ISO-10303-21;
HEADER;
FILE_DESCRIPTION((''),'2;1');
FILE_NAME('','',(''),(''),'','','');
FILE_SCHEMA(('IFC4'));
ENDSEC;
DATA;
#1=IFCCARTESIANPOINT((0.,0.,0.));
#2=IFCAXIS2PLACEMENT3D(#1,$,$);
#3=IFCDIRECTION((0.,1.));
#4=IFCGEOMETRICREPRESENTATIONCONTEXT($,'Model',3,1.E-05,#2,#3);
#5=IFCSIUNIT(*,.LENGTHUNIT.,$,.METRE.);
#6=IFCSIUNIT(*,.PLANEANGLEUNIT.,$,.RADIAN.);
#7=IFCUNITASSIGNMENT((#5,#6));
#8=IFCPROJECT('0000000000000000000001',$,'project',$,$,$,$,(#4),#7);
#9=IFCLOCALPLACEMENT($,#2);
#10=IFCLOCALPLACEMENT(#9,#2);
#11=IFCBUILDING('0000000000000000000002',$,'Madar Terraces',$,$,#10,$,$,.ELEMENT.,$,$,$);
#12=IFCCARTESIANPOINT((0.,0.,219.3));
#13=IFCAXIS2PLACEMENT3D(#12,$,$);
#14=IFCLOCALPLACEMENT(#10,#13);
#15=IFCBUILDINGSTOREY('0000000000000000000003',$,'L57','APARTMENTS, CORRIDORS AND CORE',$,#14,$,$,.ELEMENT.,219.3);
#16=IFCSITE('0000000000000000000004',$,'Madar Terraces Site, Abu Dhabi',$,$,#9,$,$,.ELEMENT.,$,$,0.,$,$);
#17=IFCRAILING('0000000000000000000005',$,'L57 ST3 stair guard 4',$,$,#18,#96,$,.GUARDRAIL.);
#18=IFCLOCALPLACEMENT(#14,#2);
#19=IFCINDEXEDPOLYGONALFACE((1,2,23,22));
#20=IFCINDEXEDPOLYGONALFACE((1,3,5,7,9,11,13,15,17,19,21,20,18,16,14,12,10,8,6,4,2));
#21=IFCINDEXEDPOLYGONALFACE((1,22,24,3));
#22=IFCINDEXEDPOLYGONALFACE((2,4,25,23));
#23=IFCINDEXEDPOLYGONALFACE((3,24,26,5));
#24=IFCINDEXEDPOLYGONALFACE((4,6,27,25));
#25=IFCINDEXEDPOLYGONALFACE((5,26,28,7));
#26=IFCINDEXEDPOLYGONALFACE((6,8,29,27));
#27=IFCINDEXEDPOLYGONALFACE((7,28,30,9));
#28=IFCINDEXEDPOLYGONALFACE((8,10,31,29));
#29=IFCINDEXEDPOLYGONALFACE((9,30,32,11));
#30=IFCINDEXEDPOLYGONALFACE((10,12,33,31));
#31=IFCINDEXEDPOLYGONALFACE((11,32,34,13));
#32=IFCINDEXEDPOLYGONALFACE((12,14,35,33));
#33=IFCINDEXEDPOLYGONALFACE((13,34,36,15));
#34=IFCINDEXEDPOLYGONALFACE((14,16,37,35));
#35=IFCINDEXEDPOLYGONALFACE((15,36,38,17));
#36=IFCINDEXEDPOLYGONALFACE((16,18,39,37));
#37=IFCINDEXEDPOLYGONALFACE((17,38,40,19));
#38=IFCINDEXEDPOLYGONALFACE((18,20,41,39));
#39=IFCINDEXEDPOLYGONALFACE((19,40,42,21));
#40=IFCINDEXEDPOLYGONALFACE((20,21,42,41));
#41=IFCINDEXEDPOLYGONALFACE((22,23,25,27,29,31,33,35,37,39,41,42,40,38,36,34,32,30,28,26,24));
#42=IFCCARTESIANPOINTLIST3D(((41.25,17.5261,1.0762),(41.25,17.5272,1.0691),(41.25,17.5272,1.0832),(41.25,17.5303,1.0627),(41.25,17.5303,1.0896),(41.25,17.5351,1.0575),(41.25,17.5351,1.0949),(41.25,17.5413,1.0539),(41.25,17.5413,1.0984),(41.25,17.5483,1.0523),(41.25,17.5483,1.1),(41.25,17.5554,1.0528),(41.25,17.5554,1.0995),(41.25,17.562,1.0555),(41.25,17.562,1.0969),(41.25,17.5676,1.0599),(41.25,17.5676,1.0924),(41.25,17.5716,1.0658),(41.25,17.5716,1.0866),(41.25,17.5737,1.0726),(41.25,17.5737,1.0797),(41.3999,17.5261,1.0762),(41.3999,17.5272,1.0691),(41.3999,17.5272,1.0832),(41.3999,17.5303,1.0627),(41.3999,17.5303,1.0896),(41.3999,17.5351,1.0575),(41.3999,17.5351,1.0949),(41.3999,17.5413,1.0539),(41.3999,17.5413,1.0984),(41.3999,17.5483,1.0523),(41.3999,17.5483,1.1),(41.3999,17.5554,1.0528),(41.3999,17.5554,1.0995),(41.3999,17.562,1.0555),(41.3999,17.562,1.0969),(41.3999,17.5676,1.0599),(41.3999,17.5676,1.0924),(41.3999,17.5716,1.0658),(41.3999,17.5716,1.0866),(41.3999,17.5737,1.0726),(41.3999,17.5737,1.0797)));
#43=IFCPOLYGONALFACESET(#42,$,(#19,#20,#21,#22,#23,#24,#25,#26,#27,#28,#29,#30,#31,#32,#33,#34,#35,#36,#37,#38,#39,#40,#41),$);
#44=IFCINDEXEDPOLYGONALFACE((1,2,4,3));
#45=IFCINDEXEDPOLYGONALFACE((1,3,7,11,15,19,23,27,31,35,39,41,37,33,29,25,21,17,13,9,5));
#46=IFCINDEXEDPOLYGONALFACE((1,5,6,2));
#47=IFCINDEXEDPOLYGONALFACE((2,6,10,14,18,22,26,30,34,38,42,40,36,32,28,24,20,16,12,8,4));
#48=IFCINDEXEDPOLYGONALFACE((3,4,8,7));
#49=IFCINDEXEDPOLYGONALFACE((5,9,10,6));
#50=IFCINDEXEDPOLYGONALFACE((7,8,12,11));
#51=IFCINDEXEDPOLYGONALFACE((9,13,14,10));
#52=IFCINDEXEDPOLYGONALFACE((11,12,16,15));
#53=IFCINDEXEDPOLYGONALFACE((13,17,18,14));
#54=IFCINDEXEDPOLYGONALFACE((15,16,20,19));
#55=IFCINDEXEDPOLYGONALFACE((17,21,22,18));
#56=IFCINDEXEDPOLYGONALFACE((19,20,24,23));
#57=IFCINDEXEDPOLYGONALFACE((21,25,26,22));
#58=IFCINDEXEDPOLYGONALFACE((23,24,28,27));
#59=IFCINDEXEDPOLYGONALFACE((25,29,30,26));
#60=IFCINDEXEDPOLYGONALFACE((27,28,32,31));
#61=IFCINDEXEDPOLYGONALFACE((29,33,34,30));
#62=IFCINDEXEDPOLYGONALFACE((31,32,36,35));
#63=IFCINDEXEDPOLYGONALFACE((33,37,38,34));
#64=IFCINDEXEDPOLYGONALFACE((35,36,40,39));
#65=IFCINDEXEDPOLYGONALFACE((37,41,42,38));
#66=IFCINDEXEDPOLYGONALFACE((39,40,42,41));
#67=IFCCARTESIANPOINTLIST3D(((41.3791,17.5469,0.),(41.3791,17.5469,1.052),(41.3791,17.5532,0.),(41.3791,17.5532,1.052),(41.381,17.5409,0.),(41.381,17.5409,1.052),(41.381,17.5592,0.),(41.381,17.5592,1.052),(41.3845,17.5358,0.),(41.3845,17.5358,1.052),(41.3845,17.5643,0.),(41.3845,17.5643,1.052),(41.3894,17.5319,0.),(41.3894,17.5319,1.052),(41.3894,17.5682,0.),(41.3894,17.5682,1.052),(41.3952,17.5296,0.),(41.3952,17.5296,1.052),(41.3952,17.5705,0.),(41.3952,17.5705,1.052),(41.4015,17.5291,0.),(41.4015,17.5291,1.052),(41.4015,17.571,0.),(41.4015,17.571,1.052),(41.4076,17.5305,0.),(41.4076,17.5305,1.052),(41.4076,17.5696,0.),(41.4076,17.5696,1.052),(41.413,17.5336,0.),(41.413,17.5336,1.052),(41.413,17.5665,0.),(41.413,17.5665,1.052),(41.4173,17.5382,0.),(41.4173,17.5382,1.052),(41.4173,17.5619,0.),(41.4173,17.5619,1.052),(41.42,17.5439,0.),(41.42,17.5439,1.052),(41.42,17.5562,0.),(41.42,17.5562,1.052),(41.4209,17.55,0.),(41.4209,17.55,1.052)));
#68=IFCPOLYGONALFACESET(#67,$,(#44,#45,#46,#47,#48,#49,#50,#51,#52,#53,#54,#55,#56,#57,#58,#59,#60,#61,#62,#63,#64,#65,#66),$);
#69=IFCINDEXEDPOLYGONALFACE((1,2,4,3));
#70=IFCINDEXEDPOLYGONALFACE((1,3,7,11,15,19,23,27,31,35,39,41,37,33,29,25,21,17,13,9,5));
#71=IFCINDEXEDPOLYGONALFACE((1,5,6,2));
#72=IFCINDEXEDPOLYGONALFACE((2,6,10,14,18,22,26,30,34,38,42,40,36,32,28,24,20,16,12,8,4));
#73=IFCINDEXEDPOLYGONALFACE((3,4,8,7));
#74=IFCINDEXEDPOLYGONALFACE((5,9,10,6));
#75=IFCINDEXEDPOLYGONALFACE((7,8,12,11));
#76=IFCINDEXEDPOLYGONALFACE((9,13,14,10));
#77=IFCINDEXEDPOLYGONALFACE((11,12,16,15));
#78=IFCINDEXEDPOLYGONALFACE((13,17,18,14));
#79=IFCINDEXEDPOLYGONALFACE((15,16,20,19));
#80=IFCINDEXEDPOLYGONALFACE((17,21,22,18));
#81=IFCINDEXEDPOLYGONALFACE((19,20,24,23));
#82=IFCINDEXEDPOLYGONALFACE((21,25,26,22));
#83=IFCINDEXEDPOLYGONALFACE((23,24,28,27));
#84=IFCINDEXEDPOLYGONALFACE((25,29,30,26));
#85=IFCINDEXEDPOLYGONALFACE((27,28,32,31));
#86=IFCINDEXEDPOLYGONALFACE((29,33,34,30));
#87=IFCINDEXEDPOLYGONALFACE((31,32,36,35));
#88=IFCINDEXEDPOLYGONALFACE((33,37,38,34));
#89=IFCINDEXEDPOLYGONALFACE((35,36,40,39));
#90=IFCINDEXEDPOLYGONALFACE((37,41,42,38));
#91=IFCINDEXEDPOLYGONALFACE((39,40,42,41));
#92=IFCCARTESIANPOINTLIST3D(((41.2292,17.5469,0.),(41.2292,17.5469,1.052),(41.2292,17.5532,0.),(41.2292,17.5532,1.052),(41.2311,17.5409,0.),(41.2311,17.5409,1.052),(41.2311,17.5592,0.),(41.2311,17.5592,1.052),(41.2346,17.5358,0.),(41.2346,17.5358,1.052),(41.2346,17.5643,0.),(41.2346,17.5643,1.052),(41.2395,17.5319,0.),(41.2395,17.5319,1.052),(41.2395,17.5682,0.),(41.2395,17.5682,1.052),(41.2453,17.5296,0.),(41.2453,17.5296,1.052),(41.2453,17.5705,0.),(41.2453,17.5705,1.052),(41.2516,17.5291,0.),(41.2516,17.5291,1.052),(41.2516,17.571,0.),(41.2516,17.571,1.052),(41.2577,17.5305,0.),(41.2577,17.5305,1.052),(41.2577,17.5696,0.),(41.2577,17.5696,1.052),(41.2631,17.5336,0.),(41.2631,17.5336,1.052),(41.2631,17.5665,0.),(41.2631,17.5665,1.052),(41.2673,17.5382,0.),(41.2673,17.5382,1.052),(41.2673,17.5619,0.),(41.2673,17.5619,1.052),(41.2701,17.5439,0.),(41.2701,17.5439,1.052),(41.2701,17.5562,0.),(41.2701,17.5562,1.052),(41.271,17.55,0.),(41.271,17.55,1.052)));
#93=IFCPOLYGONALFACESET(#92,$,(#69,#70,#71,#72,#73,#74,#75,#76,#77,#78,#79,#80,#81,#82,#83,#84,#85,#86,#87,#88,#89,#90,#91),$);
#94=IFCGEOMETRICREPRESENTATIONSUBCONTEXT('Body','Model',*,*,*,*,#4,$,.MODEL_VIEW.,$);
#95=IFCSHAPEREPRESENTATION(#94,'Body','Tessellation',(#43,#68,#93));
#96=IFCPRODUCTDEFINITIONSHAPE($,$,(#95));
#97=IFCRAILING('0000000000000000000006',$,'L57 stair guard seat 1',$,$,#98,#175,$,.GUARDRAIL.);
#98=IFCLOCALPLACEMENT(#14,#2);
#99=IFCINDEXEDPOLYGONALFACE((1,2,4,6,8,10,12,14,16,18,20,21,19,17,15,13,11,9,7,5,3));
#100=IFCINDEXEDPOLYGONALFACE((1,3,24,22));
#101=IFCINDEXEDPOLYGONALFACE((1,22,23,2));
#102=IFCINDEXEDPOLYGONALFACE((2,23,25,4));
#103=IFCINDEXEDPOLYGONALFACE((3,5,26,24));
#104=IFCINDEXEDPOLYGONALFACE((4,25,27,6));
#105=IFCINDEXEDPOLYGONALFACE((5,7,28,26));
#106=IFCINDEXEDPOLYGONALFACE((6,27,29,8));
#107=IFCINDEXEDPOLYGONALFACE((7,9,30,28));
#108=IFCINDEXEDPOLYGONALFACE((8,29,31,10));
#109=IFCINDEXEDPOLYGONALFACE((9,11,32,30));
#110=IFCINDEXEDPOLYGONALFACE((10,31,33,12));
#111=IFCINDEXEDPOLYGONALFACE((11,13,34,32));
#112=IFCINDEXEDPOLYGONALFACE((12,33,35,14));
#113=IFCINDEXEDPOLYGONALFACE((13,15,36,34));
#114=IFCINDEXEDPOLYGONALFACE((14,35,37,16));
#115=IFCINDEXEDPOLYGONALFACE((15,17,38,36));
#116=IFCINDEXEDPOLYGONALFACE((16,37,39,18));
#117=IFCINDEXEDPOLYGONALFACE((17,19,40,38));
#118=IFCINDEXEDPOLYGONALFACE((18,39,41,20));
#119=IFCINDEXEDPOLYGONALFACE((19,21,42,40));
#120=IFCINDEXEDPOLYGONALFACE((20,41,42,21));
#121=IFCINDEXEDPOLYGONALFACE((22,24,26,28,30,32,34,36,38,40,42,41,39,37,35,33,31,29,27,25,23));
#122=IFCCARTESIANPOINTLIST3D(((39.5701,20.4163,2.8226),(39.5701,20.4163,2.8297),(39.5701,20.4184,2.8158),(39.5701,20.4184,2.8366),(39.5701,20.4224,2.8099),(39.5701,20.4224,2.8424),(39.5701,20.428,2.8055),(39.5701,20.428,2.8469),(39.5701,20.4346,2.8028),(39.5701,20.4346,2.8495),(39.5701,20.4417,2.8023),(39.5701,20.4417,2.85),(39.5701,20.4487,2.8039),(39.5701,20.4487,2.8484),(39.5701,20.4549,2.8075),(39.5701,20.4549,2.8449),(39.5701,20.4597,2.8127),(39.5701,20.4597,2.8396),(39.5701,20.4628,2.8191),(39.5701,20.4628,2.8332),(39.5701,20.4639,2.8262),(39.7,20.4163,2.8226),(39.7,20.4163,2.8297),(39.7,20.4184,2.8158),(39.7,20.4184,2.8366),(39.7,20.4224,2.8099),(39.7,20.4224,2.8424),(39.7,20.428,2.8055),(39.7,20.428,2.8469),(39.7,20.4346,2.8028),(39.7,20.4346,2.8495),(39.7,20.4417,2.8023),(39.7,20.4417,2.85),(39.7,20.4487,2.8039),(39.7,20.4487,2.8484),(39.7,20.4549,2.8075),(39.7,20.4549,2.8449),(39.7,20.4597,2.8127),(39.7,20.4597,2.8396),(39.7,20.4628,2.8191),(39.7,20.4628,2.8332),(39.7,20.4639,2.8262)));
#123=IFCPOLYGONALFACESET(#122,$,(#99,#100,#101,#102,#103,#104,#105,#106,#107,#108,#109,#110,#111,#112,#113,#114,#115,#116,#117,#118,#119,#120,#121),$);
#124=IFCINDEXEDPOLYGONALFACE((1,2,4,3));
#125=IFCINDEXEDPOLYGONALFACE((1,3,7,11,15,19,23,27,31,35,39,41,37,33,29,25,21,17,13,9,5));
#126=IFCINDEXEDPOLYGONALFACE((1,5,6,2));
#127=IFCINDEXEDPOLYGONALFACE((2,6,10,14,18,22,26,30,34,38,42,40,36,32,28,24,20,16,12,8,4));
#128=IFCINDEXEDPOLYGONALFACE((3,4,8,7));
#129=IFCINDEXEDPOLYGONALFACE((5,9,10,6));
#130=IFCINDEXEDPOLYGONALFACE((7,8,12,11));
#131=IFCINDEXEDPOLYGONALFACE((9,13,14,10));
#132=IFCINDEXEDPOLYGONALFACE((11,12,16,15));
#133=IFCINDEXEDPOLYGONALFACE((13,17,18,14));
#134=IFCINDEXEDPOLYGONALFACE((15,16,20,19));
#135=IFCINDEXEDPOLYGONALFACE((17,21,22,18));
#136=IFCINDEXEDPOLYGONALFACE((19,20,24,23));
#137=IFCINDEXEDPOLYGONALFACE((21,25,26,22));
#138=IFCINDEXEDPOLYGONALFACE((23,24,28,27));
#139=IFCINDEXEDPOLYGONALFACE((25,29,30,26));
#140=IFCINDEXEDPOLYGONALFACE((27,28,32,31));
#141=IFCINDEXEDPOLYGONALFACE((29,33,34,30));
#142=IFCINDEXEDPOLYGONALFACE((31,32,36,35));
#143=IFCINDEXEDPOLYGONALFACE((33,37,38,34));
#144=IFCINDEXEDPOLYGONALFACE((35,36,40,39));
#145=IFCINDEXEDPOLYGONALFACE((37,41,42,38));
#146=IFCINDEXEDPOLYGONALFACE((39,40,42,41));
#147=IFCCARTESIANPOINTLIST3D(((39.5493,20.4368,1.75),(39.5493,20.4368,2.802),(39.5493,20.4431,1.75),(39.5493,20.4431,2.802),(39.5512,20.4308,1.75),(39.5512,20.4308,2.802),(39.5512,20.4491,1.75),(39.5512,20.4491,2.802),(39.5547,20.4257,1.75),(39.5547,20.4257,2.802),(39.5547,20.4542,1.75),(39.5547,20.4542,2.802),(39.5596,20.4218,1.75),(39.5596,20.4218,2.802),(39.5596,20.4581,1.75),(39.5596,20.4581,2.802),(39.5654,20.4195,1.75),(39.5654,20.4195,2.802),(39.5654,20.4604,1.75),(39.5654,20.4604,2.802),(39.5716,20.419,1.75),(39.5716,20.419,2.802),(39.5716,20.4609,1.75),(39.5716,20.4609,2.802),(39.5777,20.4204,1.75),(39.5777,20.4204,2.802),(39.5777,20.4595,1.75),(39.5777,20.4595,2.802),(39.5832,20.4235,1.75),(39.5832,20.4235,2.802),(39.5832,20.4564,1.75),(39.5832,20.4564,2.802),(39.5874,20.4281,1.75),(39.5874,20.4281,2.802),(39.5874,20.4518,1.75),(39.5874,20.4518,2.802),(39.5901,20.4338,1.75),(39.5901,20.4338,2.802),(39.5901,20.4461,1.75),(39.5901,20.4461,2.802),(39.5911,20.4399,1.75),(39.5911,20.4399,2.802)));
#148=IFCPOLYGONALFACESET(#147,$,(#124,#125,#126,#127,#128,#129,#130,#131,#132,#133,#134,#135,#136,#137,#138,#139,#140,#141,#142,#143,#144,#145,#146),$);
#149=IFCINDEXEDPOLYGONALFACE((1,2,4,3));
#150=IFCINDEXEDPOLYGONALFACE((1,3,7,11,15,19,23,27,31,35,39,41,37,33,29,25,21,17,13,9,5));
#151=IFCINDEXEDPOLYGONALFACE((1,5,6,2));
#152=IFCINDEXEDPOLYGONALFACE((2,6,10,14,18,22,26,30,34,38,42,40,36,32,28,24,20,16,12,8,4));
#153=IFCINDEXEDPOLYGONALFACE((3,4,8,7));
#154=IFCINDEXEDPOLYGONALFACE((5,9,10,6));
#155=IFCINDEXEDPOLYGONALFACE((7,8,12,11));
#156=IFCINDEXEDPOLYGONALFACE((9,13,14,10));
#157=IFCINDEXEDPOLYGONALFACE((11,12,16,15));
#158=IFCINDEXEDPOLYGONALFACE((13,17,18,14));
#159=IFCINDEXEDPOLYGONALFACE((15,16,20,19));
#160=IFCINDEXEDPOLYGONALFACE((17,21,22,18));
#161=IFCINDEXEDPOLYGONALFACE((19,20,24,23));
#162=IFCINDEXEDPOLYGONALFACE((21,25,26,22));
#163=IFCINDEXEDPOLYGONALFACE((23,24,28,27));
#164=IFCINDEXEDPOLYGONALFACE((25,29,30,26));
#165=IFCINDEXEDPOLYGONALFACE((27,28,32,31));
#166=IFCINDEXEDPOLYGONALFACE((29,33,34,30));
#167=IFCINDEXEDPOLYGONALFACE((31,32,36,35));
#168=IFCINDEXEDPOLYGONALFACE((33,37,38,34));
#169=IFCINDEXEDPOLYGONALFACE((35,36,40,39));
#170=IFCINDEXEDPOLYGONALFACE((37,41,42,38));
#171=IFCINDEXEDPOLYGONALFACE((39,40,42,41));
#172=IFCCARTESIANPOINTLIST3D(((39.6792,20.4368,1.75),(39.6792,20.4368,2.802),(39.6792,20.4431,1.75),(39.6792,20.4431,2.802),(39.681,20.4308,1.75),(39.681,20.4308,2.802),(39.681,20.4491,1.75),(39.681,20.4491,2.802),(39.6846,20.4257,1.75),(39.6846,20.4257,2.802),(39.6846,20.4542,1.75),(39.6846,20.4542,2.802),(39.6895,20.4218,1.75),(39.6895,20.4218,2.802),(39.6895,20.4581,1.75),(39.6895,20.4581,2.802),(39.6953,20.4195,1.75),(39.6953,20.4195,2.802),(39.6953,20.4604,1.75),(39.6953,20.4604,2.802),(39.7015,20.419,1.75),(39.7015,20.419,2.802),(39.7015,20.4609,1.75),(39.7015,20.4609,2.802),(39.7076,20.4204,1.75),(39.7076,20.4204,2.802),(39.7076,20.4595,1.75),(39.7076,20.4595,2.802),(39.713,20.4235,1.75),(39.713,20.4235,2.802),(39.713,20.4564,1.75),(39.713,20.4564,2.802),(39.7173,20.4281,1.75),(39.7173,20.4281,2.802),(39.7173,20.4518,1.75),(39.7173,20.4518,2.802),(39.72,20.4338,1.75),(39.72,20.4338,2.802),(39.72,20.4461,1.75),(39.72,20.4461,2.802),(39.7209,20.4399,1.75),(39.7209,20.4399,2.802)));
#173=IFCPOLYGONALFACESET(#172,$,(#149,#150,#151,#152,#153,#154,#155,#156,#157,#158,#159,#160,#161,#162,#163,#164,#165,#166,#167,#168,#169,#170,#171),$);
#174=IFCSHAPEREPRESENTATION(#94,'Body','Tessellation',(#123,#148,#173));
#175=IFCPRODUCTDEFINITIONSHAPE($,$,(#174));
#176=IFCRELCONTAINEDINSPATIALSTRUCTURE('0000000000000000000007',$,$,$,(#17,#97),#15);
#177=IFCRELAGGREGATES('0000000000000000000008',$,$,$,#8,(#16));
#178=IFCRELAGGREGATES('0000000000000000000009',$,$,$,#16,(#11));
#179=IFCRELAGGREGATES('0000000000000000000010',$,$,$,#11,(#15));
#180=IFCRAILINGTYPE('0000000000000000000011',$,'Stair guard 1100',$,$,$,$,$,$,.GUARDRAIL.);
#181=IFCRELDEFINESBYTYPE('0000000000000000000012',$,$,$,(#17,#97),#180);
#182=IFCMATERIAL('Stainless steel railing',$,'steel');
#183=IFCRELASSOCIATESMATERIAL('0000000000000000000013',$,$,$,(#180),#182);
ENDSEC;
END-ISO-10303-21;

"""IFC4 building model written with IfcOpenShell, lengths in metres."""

from ifc_helpers import new_model, si_unit, direction, frame, origin, origin_2d, place, context, subcontext, project, spatial, circle, extrude, material, type_object, element, save


model = new_model("IFC4")

# Units and contexts
model_context = context("Model", 3, precision=1e-05, world=origin(), true_north=direction((0.0, 1.0)))
body_context = subcontext(model_context, "Body", "Model", "MODEL_VIEW")
ifc_project = project(units=[si_unit("LENGTHUNIT", "METRE"), si_unit("PLANEANGLEUNIT", "RADIAN")], contexts=[model_context])

# Site, building, storey
site_placement = place(None, origin())
site = spatial("IfcSite", under=ifc_project, at=site_placement, Name="Madar Terraces Site, Abu Dhabi", CompositionType="ELEMENT", RefElevation=0.0)
building_placement = place(site_placement, origin())
building = spatial("IfcBuilding", under=site, at=building_placement, Name="Madar Terraces", CompositionType="ELEMENT")
storey_placement = place(building_placement, frame((0.0, 0.0, 219.3)))
storey = spatial("IfcBuildingStorey", under=building, at=storey_placement, Name="L57", Description="APARTMENTS, CORRIDORS AND CORE", CompositionType="ELEMENT", Elevation=219.3)

# Railings
ifc_material_1 = material(Name="Stainless steel railing", Category="steel")
railing_type_1 = type_object("IfcRailingType", Name="Stair guard 1100", PredefinedType="GUARDRAIL", material=ifc_material_1)
railing_1_placement = place(storey_placement, frame((41.3999, 17.55, 0.0)))
element("IfcRailing", 1, at=railing_1_placement, inside=storey, type_object=railing_type_1, Name="L57 ST3 stair guard 4", PredefinedType="GUARDRAIL", context=body_context, shape_type="SweptSolid", body=[
    extrude(circle(Radius=0.0239, at=origin_2d()), frame((0.0, 0.0, 1.0762), z_axis=(-1.0, 0.0, 0.0), x_axis=(0.0, -1.0, 0.0)), (0.0, 0.0, 1.0), 0.1499),
    extrude(circle(Radius=0.021, at=origin_2d()), origin(), (0.0, 0.0, 1.0), 1.052),
    extrude(circle(Radius=0.021, at=origin_2d()), frame((-0.1499, 0.0, 0.0)), (0.0, 0.0, 1.0), 1.052),
])
railing_2_placement = place(storey_placement, frame((39.5701, 20.4399, 1.75)))
element("IfcRailing", 2, at=railing_2_placement, inside=storey, type_object=railing_type_1, Name="L57 stair guard seat 1", PredefinedType="GUARDRAIL", context=body_context, shape_type="SweptSolid", body=[
    extrude(circle(Radius=0.0239, at=origin_2d()), frame((0.0, 0.0, 1.0762), z_axis=(1.0, 0.0, 0.0), x_axis=(0.0, 1.0, 0.0)), (0.0, 0.0, 1.0), 0.1299),
    extrude(circle(Radius=0.021, at=origin_2d()), origin(), (0.0, 0.0, 1.0), 1.052),
    extrude(circle(Radius=0.021, at=origin_2d()), frame((0.1299, 0.0, 0.0)), (0.0, 0.0, 1.0), 1.052),
])

save(model, "model.ifc")
